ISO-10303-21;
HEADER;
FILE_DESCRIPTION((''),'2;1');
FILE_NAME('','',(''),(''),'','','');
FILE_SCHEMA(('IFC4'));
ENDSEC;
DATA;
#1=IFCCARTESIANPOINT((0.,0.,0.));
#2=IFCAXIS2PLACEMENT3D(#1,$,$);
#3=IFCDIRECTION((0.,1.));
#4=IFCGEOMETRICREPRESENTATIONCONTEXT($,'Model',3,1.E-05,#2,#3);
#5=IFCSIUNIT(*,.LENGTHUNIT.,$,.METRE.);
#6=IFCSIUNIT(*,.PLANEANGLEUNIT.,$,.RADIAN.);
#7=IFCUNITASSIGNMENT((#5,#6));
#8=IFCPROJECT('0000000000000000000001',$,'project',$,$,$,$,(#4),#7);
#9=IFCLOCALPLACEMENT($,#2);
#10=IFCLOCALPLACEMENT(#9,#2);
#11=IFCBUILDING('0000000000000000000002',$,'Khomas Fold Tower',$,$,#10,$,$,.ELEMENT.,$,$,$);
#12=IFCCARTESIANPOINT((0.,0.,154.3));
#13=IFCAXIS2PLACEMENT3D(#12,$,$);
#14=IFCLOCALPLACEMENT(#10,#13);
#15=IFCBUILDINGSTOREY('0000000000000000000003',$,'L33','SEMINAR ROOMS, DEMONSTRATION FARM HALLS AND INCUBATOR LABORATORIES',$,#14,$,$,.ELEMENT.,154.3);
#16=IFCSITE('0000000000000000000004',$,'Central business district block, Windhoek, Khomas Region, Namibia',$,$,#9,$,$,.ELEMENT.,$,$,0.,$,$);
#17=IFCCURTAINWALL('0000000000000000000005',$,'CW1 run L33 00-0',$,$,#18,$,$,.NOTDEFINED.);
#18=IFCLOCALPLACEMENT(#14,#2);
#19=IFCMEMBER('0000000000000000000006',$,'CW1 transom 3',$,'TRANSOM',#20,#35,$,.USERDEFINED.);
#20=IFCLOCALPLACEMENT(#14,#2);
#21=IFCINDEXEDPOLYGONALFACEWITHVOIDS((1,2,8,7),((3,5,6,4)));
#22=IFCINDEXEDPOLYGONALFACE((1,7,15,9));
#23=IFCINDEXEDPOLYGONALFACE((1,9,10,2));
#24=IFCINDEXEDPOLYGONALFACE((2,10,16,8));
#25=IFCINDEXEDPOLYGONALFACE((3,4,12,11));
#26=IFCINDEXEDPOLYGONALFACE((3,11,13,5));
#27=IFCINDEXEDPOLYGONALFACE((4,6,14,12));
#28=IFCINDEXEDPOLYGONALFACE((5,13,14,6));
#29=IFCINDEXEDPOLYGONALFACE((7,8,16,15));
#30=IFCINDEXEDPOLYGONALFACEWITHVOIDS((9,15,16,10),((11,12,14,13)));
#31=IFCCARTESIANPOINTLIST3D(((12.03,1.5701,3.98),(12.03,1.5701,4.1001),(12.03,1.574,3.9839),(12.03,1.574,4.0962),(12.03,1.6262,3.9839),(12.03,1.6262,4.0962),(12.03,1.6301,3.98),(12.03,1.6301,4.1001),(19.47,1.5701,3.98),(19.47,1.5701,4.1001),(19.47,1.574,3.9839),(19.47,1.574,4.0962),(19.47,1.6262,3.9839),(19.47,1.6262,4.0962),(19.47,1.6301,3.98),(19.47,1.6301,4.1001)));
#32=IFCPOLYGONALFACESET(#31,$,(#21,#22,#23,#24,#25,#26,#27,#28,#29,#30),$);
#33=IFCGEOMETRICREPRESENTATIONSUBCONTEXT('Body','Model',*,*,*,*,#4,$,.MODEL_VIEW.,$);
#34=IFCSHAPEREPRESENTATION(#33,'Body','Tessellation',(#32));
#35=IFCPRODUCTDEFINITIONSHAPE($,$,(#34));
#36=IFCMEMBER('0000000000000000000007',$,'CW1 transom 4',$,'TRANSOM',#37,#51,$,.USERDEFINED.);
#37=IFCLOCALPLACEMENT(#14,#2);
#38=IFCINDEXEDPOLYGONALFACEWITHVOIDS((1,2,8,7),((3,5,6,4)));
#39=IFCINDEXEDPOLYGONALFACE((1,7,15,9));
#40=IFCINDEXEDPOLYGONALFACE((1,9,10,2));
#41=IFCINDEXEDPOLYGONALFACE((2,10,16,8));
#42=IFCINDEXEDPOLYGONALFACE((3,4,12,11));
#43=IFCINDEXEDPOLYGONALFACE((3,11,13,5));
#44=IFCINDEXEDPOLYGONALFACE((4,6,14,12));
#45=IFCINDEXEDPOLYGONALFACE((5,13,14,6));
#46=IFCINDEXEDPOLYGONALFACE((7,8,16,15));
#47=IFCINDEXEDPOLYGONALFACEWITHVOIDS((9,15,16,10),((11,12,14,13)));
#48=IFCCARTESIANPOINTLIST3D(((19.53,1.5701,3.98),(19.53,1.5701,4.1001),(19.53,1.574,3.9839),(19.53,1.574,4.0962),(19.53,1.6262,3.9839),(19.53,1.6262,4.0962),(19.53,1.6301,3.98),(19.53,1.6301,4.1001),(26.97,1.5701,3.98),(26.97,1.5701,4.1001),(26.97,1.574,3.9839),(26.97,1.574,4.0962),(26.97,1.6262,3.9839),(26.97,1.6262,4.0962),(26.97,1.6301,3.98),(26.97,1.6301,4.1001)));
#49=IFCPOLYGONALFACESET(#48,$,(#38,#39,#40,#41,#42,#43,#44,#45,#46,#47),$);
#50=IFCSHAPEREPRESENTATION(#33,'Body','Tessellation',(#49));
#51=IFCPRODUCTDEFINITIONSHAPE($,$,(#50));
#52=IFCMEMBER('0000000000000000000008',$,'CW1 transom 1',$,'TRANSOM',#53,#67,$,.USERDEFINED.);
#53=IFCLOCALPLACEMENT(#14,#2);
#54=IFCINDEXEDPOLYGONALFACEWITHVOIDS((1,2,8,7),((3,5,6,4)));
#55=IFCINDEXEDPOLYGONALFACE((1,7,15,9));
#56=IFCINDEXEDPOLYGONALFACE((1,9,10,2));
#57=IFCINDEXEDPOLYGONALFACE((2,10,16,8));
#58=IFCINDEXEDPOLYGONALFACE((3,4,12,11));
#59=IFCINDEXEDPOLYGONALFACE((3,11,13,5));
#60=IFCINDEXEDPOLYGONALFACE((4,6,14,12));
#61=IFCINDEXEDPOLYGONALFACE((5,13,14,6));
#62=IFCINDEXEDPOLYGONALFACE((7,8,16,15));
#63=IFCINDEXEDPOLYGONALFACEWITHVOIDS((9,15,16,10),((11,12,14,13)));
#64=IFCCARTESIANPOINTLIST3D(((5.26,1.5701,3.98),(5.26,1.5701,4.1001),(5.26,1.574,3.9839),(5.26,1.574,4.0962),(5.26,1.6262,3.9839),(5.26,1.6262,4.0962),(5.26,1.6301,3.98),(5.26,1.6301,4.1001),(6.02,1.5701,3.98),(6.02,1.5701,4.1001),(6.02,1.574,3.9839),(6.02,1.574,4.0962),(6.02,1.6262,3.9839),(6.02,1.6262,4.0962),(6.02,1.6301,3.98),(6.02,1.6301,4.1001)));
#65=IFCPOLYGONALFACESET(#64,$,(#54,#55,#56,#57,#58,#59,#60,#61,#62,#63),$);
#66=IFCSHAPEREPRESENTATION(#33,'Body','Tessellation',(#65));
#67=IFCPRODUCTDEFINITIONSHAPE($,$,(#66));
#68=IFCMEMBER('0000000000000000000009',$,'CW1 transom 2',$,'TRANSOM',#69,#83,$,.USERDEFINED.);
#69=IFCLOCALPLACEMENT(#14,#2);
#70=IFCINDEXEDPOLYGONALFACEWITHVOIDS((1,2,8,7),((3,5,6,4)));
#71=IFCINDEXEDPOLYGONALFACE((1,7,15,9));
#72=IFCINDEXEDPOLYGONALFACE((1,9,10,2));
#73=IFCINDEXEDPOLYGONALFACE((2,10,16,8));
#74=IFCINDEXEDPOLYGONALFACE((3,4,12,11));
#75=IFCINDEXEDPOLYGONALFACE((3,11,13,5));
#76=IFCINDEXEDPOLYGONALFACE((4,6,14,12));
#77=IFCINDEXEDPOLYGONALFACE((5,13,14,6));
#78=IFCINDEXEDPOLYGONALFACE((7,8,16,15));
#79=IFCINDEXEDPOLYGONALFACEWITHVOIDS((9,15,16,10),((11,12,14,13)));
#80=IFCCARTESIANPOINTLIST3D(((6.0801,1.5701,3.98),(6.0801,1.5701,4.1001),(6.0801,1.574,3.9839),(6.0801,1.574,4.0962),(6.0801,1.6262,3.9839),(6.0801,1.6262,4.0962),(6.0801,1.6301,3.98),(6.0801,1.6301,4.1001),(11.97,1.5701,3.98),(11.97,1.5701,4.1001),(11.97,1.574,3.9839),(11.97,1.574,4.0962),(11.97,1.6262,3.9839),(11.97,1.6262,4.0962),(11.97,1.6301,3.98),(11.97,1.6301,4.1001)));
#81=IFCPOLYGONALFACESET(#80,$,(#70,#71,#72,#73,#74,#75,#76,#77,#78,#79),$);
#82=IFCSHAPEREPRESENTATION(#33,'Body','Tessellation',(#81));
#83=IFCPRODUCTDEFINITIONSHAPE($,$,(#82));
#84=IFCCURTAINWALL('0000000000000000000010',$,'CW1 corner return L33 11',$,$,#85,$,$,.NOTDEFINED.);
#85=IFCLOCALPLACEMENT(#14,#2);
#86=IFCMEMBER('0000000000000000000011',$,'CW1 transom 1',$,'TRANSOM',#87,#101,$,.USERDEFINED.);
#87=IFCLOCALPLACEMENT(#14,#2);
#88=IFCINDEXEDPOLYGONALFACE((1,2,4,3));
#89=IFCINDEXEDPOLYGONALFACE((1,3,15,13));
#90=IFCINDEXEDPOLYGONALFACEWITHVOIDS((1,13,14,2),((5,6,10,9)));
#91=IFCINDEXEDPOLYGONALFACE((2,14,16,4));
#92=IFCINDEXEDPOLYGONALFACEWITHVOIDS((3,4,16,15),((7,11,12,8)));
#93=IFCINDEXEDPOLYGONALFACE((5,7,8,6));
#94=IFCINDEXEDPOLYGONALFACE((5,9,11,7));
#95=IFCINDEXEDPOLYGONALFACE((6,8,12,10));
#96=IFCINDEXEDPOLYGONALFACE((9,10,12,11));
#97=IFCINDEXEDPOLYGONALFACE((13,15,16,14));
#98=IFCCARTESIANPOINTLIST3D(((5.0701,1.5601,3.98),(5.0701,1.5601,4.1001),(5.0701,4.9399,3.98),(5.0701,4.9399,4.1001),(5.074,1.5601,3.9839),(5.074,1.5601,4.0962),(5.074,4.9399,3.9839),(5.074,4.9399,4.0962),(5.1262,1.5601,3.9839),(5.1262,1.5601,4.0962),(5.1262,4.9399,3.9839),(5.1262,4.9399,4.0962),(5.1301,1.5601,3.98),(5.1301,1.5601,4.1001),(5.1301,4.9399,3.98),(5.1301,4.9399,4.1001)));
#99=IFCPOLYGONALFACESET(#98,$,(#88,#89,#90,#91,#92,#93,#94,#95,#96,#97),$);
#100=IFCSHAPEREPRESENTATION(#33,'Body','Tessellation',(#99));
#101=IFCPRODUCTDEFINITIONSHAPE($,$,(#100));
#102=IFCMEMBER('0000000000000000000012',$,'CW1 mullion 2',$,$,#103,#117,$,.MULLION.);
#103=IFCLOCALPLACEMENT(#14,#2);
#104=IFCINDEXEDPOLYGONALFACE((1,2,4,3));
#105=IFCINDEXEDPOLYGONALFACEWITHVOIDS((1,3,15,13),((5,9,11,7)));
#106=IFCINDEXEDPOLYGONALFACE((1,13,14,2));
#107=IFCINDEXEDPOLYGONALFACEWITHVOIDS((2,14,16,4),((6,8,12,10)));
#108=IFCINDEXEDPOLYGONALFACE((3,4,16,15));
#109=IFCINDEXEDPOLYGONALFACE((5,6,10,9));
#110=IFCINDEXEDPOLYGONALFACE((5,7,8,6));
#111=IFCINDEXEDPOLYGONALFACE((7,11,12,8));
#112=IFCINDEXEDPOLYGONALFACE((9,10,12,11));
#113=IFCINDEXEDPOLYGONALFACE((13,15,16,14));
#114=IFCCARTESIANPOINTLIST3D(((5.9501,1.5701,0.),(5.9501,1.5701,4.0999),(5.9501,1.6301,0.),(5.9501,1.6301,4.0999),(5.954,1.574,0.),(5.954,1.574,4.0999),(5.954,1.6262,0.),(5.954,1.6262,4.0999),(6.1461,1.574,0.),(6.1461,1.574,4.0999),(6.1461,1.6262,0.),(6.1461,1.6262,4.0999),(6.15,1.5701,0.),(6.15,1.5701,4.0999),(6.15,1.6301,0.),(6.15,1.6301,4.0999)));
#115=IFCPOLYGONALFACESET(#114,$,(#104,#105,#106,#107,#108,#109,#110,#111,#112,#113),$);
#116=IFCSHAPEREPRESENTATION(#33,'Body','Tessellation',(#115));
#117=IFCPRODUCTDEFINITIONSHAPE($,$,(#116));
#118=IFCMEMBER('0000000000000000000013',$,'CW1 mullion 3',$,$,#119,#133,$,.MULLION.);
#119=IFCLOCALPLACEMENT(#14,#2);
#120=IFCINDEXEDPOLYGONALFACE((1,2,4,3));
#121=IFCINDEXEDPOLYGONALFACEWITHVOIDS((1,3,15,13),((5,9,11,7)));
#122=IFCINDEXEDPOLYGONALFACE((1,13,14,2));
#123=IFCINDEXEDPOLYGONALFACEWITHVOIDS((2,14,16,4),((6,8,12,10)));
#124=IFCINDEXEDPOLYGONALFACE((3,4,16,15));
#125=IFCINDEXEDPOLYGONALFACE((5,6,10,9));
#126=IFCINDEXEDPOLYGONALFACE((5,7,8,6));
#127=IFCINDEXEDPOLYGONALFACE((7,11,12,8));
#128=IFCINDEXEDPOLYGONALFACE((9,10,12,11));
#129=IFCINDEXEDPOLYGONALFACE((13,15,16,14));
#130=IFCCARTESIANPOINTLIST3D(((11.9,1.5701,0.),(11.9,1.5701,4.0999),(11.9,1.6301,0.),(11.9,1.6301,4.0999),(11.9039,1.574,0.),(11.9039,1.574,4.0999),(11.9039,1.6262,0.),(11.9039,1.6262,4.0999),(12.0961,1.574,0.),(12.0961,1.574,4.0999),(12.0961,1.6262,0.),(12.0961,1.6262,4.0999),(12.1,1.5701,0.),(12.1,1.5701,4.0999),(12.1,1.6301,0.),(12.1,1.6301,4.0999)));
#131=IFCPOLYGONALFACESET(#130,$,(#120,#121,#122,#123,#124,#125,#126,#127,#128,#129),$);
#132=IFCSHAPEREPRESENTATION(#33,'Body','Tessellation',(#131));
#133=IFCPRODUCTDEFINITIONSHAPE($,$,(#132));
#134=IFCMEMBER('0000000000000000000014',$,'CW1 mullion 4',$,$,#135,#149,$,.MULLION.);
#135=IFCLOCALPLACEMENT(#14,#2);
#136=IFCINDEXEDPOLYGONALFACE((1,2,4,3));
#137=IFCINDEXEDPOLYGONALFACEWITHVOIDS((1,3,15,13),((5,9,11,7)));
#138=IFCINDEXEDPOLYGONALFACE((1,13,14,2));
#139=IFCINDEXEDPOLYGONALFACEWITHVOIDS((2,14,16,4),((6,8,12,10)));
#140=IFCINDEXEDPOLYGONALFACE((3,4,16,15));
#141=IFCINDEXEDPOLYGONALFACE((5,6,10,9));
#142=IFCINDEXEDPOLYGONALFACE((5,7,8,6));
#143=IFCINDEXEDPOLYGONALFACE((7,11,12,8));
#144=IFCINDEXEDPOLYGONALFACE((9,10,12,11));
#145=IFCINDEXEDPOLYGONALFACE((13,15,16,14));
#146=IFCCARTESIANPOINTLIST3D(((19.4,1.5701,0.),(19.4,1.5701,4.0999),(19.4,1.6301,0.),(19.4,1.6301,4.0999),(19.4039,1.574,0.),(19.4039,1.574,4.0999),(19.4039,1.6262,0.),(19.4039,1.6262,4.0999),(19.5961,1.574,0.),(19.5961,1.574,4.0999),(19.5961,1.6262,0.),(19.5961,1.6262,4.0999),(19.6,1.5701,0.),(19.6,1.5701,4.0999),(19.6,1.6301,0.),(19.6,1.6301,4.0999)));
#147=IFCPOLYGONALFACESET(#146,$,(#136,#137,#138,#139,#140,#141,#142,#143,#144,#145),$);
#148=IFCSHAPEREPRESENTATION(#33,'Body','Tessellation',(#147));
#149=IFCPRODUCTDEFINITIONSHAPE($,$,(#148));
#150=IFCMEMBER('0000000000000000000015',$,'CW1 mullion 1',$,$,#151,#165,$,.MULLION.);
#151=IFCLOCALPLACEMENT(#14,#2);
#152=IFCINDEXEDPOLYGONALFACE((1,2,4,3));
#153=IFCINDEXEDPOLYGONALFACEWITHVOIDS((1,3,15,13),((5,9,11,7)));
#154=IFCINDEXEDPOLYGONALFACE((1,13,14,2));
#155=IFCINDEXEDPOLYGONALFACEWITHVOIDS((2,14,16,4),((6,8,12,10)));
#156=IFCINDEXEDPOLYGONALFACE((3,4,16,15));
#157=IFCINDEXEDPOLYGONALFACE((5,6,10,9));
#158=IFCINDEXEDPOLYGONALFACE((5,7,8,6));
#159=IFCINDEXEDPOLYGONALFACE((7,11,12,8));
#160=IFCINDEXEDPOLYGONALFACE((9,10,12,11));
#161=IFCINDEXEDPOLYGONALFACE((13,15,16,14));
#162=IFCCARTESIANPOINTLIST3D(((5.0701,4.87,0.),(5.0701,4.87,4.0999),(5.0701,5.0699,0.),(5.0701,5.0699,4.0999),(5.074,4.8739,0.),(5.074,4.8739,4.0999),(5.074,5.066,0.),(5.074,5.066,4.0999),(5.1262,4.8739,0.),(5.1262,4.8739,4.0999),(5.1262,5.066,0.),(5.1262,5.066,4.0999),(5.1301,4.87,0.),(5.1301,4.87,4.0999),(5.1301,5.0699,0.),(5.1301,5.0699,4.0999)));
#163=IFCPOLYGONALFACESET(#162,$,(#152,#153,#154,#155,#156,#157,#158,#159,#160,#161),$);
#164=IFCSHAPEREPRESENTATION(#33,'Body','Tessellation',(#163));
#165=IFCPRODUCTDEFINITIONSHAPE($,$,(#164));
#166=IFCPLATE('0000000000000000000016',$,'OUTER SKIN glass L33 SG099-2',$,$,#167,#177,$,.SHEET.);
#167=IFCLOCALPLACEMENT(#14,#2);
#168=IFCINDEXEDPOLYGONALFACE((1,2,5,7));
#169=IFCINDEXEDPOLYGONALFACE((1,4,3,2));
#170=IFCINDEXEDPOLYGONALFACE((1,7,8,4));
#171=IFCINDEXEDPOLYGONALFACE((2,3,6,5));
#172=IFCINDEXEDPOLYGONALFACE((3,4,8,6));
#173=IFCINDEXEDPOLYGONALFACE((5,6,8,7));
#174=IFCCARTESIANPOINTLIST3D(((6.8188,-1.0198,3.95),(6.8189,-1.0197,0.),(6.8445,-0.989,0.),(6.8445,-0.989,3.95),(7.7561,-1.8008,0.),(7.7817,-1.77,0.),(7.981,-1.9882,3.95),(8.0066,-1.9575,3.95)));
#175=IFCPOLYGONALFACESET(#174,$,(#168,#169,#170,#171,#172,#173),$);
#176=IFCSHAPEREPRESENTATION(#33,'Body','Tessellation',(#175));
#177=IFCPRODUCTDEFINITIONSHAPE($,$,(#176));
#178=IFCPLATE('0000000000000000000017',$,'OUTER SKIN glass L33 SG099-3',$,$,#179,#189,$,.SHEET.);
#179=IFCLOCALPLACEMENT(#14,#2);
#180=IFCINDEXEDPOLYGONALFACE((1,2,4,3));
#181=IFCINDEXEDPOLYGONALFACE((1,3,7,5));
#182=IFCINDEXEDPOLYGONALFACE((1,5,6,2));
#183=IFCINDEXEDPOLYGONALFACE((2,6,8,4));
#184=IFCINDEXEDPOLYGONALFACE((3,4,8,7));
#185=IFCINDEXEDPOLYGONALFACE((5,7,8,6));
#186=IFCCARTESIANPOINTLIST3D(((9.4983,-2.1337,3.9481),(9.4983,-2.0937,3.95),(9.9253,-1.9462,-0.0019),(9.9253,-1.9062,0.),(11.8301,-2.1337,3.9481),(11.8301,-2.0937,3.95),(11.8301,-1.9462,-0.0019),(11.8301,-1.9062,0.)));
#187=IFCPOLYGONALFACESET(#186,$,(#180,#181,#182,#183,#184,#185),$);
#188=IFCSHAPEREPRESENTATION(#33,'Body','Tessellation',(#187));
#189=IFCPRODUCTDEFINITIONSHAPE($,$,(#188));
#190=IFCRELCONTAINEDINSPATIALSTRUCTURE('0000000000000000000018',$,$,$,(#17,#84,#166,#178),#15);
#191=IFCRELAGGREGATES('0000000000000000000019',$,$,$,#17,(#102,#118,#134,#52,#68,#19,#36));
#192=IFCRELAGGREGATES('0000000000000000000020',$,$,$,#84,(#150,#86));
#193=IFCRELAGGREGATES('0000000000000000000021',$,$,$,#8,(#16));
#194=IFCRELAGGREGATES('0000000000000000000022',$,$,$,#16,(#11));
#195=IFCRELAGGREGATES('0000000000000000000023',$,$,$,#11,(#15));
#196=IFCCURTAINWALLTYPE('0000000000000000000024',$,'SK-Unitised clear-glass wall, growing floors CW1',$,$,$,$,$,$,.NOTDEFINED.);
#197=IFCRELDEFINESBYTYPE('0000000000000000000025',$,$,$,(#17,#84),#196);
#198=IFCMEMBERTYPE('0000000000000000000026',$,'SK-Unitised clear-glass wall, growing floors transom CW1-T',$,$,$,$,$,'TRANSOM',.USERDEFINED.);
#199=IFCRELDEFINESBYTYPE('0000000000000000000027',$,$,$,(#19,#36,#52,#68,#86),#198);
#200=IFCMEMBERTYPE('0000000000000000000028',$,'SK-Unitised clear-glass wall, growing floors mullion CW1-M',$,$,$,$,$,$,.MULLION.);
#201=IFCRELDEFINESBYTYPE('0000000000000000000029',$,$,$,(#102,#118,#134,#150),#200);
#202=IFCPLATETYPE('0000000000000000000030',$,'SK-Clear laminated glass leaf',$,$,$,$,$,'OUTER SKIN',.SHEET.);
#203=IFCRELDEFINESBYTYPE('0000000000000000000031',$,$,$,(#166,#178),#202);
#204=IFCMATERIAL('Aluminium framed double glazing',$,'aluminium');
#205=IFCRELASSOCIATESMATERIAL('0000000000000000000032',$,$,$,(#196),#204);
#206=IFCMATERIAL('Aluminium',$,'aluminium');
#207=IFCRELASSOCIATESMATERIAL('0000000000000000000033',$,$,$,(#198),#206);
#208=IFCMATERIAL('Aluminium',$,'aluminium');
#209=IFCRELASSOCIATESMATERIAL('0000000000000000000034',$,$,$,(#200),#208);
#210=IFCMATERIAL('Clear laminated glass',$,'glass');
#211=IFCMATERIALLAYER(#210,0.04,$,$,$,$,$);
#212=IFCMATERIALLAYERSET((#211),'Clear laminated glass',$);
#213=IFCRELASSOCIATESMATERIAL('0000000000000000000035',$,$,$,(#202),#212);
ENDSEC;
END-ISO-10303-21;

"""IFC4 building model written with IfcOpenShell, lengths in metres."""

from ifc_helpers import new_model, si_unit, direction, frame, origin, origin_2d, place, context, subcontext, project, spatial, polyline, hollow_rectangle, outline, extrude, source, transform, mapped, material, layer, layer_set, material_profile, profile_set, type_object, element, aggregate, save


model = new_model("IFC4")

# Units and contexts
model_context = context("Model", 3, precision=1e-05, world=origin(), true_north=direction((0.0, 1.0)))
body_context = subcontext(model_context, "Body", "Model", "MODEL_VIEW")
ifc_project = project(units=[si_unit("LENGTHUNIT", "METRE"), si_unit("PLANEANGLEUNIT", "RADIAN")], contexts=[model_context])

# Site, building, storey
site_placement = place(None, origin())
site = spatial("IfcSite", under=ifc_project, at=site_placement, Name="Central business district block, Windhoek, Khomas Region, Namibia", CompositionType="ELEMENT", RefElevation=0.0)
building_placement = place(site_placement, origin())
building = spatial("IfcBuilding", under=site, at=building_placement, Name="Khomas Fold Tower", CompositionType="ELEMENT")
storey_placement = place(building_placement, frame((0.0, 0.0, 154.3)))
storey = spatial("IfcBuildingStorey", under=building, at=storey_placement, Name="L33", Description="SEMINAR ROOMS, DEMONSTRATION FARM HALLS AND INCUBATOR LABORATORIES", CompositionType="ELEMENT", Elevation=154.3)

# Curtain wall, members
ifc_material_1 = material(Name="Aluminium framed double glazing", Category="aluminium")
curtain_wall_type = type_object("IfcCurtainWallType", Name="SK-Unitised clear-glass wall, growing floors CW1", PredefinedType="NOTDEFINED", material=ifc_material_1)
curtain_wall_1_placement = place(storey_placement, origin())
curtain_wall_1 = element("IfcCurtainWall", 1, at=curtain_wall_1_placement, inside=storey, type_object=curtain_wall_type, Name="CW1 run L33 00-0", PredefinedType="NOTDEFINED")
ifc_material_2 = material(Name="Aluminium", Category="aluminium")
ifc_material_profile_1 = material_profile(ifc_material_2, hollow_rectangle(XDim=0.0601, YDim=0.1201, WallThickness=0.0039, at=origin_2d()), Name="SK-Unitised clear-glass wall, growing floors transom CW1-T")
ifc_profile_set_1 = profile_set([ifc_material_profile_1], Name="Aluminium")
member_type_1 = type_object("IfcMemberType", Name="SK-Unitised clear-glass wall, growing floors transom CW1-T", ElementType="TRANSOM", PredefinedType="USERDEFINED", material=ifc_profile_set_1)
shared_shape_1 = source(origin(), body_context, "Body", "SweptSolid", [
    extrude(hollow_rectangle(XDim=0.0601, YDim=0.1201, WallThickness=0.0039, at=origin_2d()), origin(), (0.0, 0.0, 1.0), 7.4399),
])
member_1_placement = place(storey_placement, frame((12.03, 1.6001, 4.04), z_axis=(1.0, 0.0, 0.0), x_axis=(0.0, 1.0, 0.0)))
member_1 = element("IfcMember", 2, at=member_1_placement, type_object=member_type_1, Name="CW1 transom 3", ObjectType="TRANSOM", PredefinedType="USERDEFINED", context=body_context, shape_type="MappedRepresentation", body=[
    mapped(shared_shape_1, transform((0.0, 0.0, 0.0))),
])
member_2_placement = place(storey_placement, frame((19.53, 1.6001, 4.04), z_axis=(1.0, 0.0, 0.0), x_axis=(0.0, 1.0, 0.0)))
member_2 = element("IfcMember", 3, at=member_2_placement, type_object=member_type_1, Name="CW1 transom 4", ObjectType="TRANSOM", PredefinedType="USERDEFINED", context=body_context, shape_type="MappedRepresentation", body=[
    mapped(shared_shape_1, transform((0.0, 0.0, 0.0))),
])
shared_shape_2 = source(origin(), body_context, "Body", "SweptSolid", [
    extrude(hollow_rectangle(XDim=0.0601, YDim=0.1201, WallThickness=0.0039, at=origin_2d()), origin(), (0.0, 0.0, 1.0), 0.76),
])
member_3_placement = place(storey_placement, frame((5.26, 1.6001, 4.04), z_axis=(1.0, 0.0, 0.0), x_axis=(0.0, 1.0, 0.0)))
member_3 = element("IfcMember", 4, at=member_3_placement, type_object=member_type_1, Name="CW1 transom 1", ObjectType="TRANSOM", PredefinedType="USERDEFINED", context=body_context, shape_type="MappedRepresentation", body=[
    mapped(shared_shape_2, transform((0.0, 0.0, 0.0))),
])
shared_shape_3 = source(origin(), body_context, "Body", "SweptSolid", [
    extrude(hollow_rectangle(XDim=0.0601, YDim=0.1201, WallThickness=0.0039, at=origin_2d()), origin(), (0.0, 0.0, 1.0), 5.8899),
])
member_4_placement = place(storey_placement, frame((6.0801, 1.6001, 4.04), z_axis=(1.0, 0.0, 0.0), x_axis=(0.0, 1.0, 0.0)))
member_4 = element("IfcMember", 5, at=member_4_placement, type_object=member_type_1, Name="CW1 transom 2", ObjectType="TRANSOM", PredefinedType="USERDEFINED", context=body_context, shape_type="MappedRepresentation", body=[
    mapped(shared_shape_3, transform((0.0, 0.0, 0.0))),
])

# Curtain wall, member
curtain_wall_2_placement = place(storey_placement, origin())
curtain_wall_2 = element("IfcCurtainWall", 6, at=curtain_wall_2_placement, inside=storey, type_object=curtain_wall_type, Name="CW1 corner return L33 11", PredefinedType="NOTDEFINED")
shared_shape_4 = source(origin(), body_context, "Body", "SweptSolid", [
    extrude(hollow_rectangle(XDim=0.0601, YDim=0.1201, WallThickness=0.0039, at=origin_2d()), origin(), (0.0, 0.0, 1.0), 3.3799),
])
member_5_placement = place(storey_placement, frame((5.1001, 4.9399, 4.04), z_axis=(0.0, -1.0, 0.0), x_axis=(1.0, 0.0, 0.0)))
member_5 = element("IfcMember", 7, at=member_5_placement, type_object=member_type_1, Name="CW1 transom 1", ObjectType="TRANSOM", PredefinedType="USERDEFINED", context=body_context, shape_type="MappedRepresentation", body=[
    mapped(shared_shape_4, transform((0.0, 0.0, 0.0))),
])

# Members
ifc_material_3 = material(Name="Aluminium", Category="aluminium")
ifc_material_profile_2 = material_profile(ifc_material_3, hollow_rectangle(XDim=0.0601, YDim=0.2, WallThickness=0.0039, at=origin_2d()), Name="SK-Unitised clear-glass wall, growing floors mullion CW1-M")
ifc_profile_set_2 = profile_set([ifc_material_profile_2], Name="Aluminium")
member_type_2 = type_object("IfcMemberType", Name="SK-Unitised clear-glass wall, growing floors mullion CW1-M", PredefinedType="MULLION", material=ifc_profile_set_2)
shared_shape_5 = source(origin(), body_context, "Body", "SweptSolid", [
    extrude(hollow_rectangle(XDim=0.0601, YDim=0.2, WallThickness=0.0039, at=origin_2d()), origin(), (0.0, 0.0, 1.0), 4.0999),
])
member_6_placement = place(storey_placement, frame((6.05, 1.6001, 0.0), z_axis=(0.0, 0.0, 1.0), x_axis=(0.0, 1.0, 0.0)))
member_6 = element("IfcMember", 8, at=member_6_placement, type_object=member_type_2, Name="CW1 mullion 2", PredefinedType="MULLION", context=body_context, shape_type="MappedRepresentation", body=[
    mapped(shared_shape_5, transform((0.0, 0.0, 0.0))),
])
member_7_placement = place(storey_placement, frame((12.0, 1.6001, 0.0), z_axis=(0.0, 0.0, 1.0), x_axis=(0.0, 1.0, 0.0)))
member_7 = element("IfcMember", 9, at=member_7_placement, type_object=member_type_2, Name="CW1 mullion 3", PredefinedType="MULLION", context=body_context, shape_type="MappedRepresentation", body=[
    mapped(shared_shape_5, transform((0.0, 0.0, 0.0))),
])
member_8_placement = place(storey_placement, frame((19.5, 1.6001, 0.0), z_axis=(0.0, 0.0, 1.0), x_axis=(0.0, 1.0, 0.0)))
member_8 = element("IfcMember", 10, at=member_8_placement, type_object=member_type_2, Name="CW1 mullion 4", PredefinedType="MULLION", context=body_context, shape_type="MappedRepresentation", body=[
    mapped(shared_shape_5, transform((0.0, 0.0, 0.0))),
])
member_9_placement = place(storey_placement, frame((5.1001, 4.97, 0.0), z_axis=(0.0, 0.0, 1.0), x_axis=(1.0, 0.0, 0.0)))
member_9 = element("IfcMember", 11, at=member_9_placement, type_object=member_type_2, Name="CW1 mullion 1", PredefinedType="MULLION", context=body_context, shape_type="MappedRepresentation", body=[
    mapped(shared_shape_5, transform((0.0, 0.0, 0.0))),
])

# Plates
ifc_material_4 = material(Name="Clear laminated glass", Category="glass")
ifc_layer_1 = layer(ifc_material_4, 0.04)
ifc_layer_set_1 = layer_set([ifc_layer_1], Name="Clear laminated glass")
plate_type_1 = type_object("IfcPlateType", Name="SK-Clear laminated glass leaf", ElementType="OUTER SKIN", PredefinedType="SHEET", material=ifc_layer_set_1)
plate_1_placement = place(storey_placement, frame((7.7817, -1.77, 0.0), z_axis=(0.640193, 0.768214, 0.000011), x_axis=(-0.768214, 0.640193, 0.0)))
element("IfcPlate", 12, at=plate_1_placement, inside=storey, type_object=plate_type_1, Name="OUTER SKIN glass L33 SG099-2", PredefinedType="SHEET", context=body_context, shape_type="SweptSolid", body=[
    extrude(outline(polyline([(0.0, 0.0), (1.22, 0.0), (1.22, 3.95), (-0.2928, 3.95), (0.0, 0.0)])), origin(), (0.0, 0.0, -1.0), 0.04),
])
plate_2_placement = place(storey_placement, frame((9.9253, -1.9062, 0.0), z_axis=(0.0, 0.998875, 0.047416), x_axis=(-0.107357, -0.047142, 0.993102)))
element("IfcPlate", 13, at=plate_2_placement, inside=storey, type_object=plate_type_1, Name="OUTER SKIN glass L33 SG099-3", PredefinedType="SHEET", context=body_context, shape_type="SweptSolid", body=[
    extrude(outline(polyline([(0.0, 0.0), (3.9774, 0.0), (3.7271, 2.3183), (-0.2045, 1.8938), (0.0, 0.0)])), origin(), (0.0, 0.0, -1.0), 0.04),
])

aggregate(curtain_wall_1, [member_6, member_7, member_8, member_3, member_4, member_1, member_2])
aggregate(curtain_wall_2, [member_9, member_5])

save(model, "model.ifc")
